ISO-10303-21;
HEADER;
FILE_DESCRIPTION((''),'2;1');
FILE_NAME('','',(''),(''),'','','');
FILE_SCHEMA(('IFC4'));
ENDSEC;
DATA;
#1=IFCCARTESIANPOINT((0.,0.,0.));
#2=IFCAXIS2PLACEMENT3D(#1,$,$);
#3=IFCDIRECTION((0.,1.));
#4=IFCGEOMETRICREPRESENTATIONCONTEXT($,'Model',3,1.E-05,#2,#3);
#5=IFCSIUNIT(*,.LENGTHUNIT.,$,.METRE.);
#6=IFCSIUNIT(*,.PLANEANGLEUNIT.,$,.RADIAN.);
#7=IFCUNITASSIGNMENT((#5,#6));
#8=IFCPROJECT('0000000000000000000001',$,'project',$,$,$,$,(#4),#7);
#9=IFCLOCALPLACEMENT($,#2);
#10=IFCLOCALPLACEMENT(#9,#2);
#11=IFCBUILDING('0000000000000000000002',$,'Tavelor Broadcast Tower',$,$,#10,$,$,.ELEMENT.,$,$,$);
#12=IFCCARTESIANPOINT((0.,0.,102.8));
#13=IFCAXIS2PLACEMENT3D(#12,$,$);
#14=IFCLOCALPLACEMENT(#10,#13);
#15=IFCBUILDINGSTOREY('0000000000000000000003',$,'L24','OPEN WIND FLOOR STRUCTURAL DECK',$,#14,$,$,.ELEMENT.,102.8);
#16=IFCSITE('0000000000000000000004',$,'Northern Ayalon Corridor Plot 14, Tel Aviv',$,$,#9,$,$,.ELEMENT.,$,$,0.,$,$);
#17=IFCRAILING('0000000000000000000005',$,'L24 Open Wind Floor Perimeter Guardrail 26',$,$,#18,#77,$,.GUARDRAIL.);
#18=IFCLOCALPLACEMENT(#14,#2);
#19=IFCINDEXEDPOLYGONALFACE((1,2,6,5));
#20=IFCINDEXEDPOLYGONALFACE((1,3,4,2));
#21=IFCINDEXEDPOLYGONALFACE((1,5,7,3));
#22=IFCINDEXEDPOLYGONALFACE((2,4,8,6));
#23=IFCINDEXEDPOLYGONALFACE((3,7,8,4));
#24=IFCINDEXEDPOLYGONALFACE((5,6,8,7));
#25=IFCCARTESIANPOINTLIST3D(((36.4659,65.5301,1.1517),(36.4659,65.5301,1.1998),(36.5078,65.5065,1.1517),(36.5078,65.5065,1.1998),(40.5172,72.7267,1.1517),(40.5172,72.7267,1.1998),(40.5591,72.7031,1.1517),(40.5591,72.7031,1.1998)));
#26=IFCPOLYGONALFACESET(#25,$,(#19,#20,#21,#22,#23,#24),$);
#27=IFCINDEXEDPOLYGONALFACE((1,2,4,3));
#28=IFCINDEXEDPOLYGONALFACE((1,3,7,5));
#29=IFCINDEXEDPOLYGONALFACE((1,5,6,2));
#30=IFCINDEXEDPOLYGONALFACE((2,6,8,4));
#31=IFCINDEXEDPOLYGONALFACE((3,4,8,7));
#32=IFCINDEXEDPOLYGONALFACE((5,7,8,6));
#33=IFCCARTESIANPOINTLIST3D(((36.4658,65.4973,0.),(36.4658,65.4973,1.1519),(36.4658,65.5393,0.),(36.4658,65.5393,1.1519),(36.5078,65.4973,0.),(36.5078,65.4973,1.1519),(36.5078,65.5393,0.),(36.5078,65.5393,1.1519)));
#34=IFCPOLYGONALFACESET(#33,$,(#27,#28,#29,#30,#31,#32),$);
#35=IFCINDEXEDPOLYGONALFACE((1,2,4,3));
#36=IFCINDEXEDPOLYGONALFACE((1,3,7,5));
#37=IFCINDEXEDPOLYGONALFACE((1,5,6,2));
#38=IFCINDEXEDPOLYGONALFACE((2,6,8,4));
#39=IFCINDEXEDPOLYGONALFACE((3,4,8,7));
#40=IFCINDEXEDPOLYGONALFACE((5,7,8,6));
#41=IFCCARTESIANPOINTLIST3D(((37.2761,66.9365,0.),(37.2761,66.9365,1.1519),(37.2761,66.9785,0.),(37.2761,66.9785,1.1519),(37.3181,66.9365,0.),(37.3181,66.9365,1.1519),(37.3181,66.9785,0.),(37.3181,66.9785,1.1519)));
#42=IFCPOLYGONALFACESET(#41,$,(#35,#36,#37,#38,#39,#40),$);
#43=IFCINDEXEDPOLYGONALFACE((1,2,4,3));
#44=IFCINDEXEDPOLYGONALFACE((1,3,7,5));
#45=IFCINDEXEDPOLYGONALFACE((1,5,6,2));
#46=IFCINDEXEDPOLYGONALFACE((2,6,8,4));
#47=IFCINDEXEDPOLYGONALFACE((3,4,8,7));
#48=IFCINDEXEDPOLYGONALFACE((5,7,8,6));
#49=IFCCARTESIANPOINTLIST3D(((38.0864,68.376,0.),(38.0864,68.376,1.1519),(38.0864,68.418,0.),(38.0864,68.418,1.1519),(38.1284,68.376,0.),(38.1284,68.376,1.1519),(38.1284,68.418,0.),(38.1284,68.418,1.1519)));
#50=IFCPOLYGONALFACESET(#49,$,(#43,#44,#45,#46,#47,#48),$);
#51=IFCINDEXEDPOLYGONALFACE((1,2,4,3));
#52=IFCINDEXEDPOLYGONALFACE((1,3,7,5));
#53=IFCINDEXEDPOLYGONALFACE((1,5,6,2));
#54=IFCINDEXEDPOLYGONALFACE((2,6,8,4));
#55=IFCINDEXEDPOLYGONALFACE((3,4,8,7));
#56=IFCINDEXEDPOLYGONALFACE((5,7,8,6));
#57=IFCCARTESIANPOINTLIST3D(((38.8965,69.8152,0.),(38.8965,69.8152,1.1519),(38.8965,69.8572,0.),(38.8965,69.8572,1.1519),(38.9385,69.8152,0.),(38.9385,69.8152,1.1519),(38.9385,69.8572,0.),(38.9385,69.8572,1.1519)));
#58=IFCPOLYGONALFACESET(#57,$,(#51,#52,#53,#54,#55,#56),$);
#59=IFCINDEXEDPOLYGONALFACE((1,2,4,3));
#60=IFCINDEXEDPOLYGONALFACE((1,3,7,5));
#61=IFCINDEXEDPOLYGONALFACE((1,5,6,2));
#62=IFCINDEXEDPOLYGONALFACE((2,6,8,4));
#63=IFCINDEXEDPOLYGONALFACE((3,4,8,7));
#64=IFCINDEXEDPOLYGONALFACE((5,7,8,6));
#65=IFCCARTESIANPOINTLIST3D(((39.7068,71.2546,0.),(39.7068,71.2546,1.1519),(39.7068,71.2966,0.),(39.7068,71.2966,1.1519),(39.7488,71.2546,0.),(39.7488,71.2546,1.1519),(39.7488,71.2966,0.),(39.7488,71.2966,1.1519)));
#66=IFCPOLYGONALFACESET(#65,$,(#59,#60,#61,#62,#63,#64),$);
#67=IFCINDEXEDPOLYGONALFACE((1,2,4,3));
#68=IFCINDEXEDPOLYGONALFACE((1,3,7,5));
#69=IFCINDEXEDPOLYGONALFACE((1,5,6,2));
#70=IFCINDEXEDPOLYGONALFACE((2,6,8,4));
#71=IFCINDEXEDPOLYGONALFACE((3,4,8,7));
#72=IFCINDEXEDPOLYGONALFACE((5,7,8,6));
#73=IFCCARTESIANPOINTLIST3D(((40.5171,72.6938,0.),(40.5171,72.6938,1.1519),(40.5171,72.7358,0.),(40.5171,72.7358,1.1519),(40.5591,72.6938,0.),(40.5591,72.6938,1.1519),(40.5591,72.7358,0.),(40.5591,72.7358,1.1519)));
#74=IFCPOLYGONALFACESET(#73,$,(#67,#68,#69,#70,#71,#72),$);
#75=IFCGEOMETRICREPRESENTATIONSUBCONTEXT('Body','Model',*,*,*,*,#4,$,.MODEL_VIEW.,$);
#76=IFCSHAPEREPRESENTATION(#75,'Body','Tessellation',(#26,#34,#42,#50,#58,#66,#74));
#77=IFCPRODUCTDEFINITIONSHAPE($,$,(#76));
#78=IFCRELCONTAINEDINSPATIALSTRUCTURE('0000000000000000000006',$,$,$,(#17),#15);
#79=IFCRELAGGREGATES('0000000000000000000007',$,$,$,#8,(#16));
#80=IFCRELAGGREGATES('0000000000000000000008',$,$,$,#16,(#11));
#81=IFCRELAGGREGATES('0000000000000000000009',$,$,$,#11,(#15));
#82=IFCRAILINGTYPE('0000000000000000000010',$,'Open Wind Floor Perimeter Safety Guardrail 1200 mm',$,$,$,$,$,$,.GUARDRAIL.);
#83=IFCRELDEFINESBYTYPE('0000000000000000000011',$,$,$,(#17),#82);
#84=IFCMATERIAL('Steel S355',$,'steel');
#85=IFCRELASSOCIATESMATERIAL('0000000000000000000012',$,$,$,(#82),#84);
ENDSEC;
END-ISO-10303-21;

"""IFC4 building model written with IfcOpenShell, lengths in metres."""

from ifc_helpers import new_model, si_unit, direction, frame, origin, origin_2d, place, context, subcontext, project, spatial, rectangle, extrude, material, type_object, element, save


model = new_model("IFC4")

# Units and contexts
model_context = context("Model", 3, precision=1e-05, world=origin(), true_north=direction((0.0, 1.0)))
body_context = subcontext(model_context, "Body", "Model", "MODEL_VIEW")
ifc_project = project(units=[si_unit("LENGTHUNIT", "METRE"), si_unit("PLANEANGLEUNIT", "RADIAN")], contexts=[model_context])

# Site, building, storey
site_placement = place(None, origin())
site = spatial("IfcSite", under=ifc_project, at=site_placement, Name="Northern Ayalon Corridor Plot 14, Tel Aviv", CompositionType="ELEMENT", RefElevation=0.0)
building_placement = place(site_placement, origin())
building = spatial("IfcBuilding", under=site, at=building_placement, Name="Tavelor Broadcast Tower", CompositionType="ELEMENT")
storey_placement = place(building_placement, frame((0.0, 0.0, 102.8)))
storey = spatial("IfcBuildingStorey", under=building, at=storey_placement, Name="L24", Description="OPEN WIND FLOOR STRUCTURAL DECK", CompositionType="ELEMENT", Elevation=102.8)

# Shared definitions
ifc_material_1 = material(Name="Steel S355", Category="steel")

# Railing
railing_type = type_object("IfcRailingType", Name="Open Wind Floor Perimeter Safety Guardrail 1200 mm", PredefinedType="GUARDRAIL", material=ifc_material_1)
railing_1_placement = place(storey_placement, frame((36.4868, 65.5183, 0.0)))
element("IfcRailing", 1, at=railing_1_placement, inside=storey, type_object=railing_type, Name="L24 Open Wind Floor Perimeter Guardrail 26", PredefinedType="GUARDRAIL", context=body_context, shape_type="SweptSolid", body=[
    extrude(rectangle(XDim=0.0481, YDim=0.0481, at=origin_2d()), frame((0.0, 0.0, 1.1758), z_axis=(0.490557, 0.871409, 0.0), x_axis=(-0.871409, 0.490557, 0.0)), (0.0, 0.0, 1.0), 8.2585),
    extrude(rectangle(XDim=0.042, YDim=0.042, at=origin_2d()), origin(), (0.0, 0.0, 1.0), 1.1519),
    extrude(rectangle(XDim=0.042, YDim=0.042, at=origin_2d()), frame((0.8103, 1.4392, 0.0)), (0.0, 0.0, 1.0), 1.1519),
    extrude(rectangle(XDim=0.042, YDim=0.042, at=origin_2d()), frame((1.6206, 2.8787, 0.0)), (0.0, 0.0, 1.0), 1.1519),
    extrude(rectangle(XDim=0.042, YDim=0.042, at=origin_2d()), frame((2.4307, 4.3179, 0.0)), (0.0, 0.0, 1.0), 1.1519),
    extrude(rectangle(XDim=0.042, YDim=0.042, at=origin_2d()), frame((3.241, 5.7573, 0.0)), (0.0, 0.0, 1.0), 1.1519),
    extrude(rectangle(XDim=0.042, YDim=0.042, at=origin_2d()), frame((4.0513, 7.1965, 0.0)), (0.0, 0.0, 1.0), 1.1519),
])

save(model, "model.ifc")
